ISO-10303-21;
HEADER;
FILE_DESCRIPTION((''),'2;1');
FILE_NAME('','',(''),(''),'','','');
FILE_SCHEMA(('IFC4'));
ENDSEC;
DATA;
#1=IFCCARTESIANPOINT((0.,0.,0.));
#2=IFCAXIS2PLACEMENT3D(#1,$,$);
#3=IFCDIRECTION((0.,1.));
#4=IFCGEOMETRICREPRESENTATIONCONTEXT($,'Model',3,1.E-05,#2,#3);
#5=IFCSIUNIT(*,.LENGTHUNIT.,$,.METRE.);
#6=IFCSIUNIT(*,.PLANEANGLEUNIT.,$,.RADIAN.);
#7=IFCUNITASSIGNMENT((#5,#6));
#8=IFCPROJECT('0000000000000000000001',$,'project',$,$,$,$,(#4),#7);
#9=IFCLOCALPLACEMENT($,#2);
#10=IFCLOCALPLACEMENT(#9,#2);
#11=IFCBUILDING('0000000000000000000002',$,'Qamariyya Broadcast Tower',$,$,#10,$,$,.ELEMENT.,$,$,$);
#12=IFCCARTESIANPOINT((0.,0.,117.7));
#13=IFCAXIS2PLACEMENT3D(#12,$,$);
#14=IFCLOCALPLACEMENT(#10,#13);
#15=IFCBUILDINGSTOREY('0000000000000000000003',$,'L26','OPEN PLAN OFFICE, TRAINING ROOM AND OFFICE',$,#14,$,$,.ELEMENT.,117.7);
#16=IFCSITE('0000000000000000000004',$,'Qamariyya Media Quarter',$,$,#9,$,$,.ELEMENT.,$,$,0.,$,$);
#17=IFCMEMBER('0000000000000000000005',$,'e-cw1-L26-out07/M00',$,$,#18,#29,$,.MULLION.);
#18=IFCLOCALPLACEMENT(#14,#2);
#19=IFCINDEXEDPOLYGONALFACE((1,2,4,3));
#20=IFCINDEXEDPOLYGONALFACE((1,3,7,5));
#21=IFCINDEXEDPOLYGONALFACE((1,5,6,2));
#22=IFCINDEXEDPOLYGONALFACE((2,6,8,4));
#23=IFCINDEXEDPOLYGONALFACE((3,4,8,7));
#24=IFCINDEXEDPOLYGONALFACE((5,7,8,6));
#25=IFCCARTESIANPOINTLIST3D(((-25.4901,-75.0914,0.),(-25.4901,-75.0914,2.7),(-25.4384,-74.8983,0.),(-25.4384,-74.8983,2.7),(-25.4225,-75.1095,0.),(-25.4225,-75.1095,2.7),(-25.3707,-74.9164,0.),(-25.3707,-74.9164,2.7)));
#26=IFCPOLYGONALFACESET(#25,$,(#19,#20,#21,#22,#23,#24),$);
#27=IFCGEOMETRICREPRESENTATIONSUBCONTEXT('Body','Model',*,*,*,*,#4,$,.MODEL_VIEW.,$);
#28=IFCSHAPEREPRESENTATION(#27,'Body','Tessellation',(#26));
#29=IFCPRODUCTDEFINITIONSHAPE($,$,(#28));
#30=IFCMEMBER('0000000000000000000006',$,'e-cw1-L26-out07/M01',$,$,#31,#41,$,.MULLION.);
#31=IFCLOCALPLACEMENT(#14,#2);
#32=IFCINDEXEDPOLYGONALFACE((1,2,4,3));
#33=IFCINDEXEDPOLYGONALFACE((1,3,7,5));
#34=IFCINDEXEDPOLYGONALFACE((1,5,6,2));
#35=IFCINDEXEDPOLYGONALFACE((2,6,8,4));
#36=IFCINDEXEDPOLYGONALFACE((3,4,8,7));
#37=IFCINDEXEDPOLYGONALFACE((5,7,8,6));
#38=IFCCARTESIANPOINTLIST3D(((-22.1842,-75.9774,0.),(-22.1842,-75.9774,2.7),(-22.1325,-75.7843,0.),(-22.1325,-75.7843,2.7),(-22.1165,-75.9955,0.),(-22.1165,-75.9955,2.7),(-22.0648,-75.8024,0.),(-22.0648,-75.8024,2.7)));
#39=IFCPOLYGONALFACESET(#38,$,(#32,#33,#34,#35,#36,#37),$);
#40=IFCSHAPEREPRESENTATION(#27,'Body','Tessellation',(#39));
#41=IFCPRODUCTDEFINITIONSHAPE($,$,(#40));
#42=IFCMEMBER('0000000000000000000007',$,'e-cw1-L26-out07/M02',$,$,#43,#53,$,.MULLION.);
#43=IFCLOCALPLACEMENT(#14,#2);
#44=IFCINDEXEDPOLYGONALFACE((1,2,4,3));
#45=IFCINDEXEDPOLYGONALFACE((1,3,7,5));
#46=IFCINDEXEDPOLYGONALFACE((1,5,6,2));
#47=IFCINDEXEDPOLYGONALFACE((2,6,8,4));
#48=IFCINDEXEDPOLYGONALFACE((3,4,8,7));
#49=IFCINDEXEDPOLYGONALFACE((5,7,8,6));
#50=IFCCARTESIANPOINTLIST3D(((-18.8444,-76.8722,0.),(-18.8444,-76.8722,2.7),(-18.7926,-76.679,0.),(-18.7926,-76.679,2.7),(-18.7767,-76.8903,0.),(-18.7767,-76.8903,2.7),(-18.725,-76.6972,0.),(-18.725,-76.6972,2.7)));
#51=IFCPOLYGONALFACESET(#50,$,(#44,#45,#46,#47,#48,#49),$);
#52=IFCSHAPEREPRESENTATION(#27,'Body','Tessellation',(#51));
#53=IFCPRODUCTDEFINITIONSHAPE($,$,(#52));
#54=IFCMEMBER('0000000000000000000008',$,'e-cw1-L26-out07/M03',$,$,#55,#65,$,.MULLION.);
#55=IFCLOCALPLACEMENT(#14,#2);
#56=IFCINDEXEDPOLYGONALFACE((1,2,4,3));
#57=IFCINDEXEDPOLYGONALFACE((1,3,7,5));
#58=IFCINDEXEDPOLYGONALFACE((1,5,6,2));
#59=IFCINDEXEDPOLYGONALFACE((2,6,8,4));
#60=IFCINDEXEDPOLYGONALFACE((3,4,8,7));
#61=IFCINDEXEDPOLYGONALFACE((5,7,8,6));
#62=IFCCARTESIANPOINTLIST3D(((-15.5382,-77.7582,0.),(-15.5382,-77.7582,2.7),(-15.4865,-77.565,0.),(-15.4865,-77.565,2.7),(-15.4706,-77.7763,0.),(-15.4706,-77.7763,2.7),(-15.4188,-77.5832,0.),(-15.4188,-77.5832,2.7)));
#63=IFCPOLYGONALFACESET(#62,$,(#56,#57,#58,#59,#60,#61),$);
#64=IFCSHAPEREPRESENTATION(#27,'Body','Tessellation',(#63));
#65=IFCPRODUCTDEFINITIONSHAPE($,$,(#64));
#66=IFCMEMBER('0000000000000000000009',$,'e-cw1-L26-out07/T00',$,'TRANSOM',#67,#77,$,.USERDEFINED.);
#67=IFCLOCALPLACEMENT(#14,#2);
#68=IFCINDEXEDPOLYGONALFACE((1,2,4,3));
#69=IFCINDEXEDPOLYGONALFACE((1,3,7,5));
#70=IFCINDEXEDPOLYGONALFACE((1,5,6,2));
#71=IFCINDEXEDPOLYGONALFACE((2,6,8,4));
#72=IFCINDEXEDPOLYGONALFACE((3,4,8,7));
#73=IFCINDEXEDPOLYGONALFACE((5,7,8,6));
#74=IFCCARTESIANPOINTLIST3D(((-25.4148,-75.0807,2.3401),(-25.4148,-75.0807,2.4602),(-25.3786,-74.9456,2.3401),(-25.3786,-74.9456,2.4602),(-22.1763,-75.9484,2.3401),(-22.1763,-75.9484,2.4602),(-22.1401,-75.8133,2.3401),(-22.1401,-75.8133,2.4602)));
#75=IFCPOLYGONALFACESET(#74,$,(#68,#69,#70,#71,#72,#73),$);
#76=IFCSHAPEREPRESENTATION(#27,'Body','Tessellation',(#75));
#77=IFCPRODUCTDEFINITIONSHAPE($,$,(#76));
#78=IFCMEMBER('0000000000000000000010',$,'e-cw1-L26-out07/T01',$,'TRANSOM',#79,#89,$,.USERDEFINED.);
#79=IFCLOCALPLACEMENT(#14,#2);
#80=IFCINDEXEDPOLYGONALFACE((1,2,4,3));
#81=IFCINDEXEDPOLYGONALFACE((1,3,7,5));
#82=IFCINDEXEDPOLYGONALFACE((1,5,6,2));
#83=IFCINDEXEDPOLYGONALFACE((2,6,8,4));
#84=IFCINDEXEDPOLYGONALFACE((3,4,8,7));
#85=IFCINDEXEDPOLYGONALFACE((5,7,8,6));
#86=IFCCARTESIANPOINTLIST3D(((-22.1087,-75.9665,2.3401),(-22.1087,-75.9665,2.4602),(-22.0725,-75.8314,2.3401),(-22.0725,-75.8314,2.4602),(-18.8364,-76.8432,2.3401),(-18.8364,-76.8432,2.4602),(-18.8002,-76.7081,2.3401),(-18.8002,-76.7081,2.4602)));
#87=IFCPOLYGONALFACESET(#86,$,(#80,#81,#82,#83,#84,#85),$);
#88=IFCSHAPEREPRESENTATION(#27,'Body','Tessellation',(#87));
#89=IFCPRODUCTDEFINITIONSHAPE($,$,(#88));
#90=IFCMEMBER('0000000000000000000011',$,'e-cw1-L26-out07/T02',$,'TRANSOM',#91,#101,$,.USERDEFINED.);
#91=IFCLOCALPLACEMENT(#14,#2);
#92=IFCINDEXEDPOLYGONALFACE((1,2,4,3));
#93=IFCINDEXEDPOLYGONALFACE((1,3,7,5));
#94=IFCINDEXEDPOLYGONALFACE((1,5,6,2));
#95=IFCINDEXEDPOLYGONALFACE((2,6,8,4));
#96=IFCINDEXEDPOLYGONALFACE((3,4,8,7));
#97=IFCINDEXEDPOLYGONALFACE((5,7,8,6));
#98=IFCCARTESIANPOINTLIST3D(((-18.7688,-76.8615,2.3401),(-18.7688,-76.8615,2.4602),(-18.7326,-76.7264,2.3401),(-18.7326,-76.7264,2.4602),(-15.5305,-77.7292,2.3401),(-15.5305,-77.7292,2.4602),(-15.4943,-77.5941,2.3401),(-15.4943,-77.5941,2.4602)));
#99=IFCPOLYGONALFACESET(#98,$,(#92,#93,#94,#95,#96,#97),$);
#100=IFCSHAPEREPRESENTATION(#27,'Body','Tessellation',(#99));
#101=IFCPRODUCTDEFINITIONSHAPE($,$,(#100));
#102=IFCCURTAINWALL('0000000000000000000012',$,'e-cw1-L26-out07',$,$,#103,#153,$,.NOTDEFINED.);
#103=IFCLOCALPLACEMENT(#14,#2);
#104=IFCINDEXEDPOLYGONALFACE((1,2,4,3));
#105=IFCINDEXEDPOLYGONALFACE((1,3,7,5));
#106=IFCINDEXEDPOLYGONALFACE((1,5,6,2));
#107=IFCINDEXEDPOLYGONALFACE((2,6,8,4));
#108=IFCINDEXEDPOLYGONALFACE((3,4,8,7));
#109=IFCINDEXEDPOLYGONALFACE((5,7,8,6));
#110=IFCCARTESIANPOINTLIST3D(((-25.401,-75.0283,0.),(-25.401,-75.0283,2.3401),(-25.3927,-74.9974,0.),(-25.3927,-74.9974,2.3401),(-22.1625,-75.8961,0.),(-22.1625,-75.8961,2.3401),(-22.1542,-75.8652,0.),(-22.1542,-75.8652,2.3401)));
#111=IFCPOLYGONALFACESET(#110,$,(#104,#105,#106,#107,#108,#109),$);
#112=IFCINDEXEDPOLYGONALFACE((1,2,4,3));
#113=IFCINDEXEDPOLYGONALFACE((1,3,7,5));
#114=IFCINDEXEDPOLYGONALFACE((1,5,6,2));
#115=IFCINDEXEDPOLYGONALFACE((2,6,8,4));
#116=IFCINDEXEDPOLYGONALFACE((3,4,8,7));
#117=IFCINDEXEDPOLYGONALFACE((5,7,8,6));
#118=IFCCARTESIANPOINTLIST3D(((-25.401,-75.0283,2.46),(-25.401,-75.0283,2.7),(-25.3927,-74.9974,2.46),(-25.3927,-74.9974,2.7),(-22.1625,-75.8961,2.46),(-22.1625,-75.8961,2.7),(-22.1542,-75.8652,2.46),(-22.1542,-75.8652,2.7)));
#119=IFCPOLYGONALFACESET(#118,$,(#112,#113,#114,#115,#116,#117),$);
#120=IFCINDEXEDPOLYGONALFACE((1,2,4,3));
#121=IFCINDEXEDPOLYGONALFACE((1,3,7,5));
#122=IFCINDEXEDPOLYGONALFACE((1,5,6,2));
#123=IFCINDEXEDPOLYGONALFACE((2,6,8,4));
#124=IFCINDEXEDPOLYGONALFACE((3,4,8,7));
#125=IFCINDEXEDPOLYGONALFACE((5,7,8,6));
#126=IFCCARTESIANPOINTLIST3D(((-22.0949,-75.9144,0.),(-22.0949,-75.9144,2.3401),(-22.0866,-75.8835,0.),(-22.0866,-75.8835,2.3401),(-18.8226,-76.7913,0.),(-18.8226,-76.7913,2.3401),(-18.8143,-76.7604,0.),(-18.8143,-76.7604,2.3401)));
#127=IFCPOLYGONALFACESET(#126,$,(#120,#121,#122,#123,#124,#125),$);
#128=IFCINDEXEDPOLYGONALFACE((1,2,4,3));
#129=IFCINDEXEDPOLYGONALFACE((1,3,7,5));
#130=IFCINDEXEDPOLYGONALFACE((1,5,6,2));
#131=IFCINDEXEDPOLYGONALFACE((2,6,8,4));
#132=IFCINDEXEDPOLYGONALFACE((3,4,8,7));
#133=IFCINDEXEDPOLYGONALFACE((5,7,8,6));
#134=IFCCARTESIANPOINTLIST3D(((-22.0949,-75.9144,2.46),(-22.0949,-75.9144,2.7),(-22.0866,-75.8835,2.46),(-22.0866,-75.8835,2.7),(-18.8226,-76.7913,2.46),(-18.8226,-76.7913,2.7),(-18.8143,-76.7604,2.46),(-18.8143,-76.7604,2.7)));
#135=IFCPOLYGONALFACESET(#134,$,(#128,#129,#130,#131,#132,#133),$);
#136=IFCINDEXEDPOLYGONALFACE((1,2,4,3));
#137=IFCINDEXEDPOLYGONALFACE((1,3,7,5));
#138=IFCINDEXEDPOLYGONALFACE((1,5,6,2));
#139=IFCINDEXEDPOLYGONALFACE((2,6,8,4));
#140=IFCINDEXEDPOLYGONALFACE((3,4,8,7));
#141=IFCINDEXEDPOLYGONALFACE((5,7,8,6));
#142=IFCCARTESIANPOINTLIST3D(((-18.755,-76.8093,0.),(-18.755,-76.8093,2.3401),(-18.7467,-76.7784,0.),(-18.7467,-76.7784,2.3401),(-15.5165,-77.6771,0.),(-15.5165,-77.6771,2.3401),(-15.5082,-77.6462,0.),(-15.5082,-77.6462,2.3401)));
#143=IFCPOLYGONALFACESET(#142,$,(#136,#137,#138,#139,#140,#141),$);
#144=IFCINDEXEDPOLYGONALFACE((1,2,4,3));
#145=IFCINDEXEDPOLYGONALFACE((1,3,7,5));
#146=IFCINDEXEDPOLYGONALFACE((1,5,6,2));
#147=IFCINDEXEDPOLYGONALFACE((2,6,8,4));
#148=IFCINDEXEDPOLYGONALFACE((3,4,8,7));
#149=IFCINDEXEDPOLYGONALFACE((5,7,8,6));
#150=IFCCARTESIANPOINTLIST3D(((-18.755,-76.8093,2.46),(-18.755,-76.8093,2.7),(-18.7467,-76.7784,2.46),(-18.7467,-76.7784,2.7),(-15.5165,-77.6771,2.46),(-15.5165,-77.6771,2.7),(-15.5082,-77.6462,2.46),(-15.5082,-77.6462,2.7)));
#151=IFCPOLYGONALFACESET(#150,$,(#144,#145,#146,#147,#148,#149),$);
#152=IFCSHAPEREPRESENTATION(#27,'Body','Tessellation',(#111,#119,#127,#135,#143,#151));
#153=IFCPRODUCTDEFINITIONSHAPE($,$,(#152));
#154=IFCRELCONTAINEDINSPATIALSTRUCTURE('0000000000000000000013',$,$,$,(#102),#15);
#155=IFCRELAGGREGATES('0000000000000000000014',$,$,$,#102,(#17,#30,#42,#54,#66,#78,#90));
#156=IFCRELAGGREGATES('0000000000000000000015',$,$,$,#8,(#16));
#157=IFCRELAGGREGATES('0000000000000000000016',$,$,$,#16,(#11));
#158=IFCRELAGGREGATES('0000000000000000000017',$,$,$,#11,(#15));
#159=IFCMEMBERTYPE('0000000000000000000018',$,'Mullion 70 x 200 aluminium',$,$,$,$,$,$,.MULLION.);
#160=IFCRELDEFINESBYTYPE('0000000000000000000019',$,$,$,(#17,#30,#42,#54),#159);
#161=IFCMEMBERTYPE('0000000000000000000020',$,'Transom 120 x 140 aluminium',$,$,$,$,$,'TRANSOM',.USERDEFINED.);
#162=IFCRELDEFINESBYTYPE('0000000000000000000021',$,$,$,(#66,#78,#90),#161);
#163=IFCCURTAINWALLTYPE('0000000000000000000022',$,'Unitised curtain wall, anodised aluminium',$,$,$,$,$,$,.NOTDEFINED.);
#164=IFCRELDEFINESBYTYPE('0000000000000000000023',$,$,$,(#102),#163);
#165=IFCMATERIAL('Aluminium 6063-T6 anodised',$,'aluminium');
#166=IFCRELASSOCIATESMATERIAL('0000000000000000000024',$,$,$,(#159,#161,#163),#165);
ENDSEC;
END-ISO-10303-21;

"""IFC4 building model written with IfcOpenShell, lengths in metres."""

from ifc_helpers import new_model, si_unit, direction, frame, origin, origin_2d, place, context, subcontext, project, spatial, rectangle, extrude, material, material_profile, profile_set, type_object, element, aggregate, save


model = new_model("IFC4")

# Units and contexts
model_context = context("Model", 3, precision=1e-05, world=origin(), true_north=direction((0.0, 1.0)))
body_context = subcontext(model_context, "Body", "Model", "MODEL_VIEW")
ifc_project = project(units=[si_unit("LENGTHUNIT", "METRE"), si_unit("PLANEANGLEUNIT", "RADIAN")], contexts=[model_context])

# Members
ifc_material = material(Name="Aluminium 6063-T6 anodised", Category="aluminium")
ifc_material_profile_1 = material_profile(ifc_material, rectangle(XDim=0.2, YDim=0.0701, at=origin_2d()))
ifc_profile_set_1 = profile_set([ifc_material_profile_1], Name="Aluminium 6063-T6 anodised")
member_type_1 = type_object("IfcMemberType", Name="Mullion 70 x 200 aluminium", PredefinedType="MULLION", material=ifc_profile_set_1)
site_placement = place(None, origin())
building_placement = place(site_placement, origin())
storey_placement = place(building_placement, frame((0.0, 0.0, 117.7)))
member_1_placement = place(storey_placement, frame((-25.4304, -75.0039, 0.0), z_axis=(0.0, 0.0, 1.0), x_axis=(0.258819, 0.965926, 0.0)))
member_1 = element("IfcMember", 1, at=member_1_placement, type_object=member_type_1, Name="e-cw1-L26-out07/M00", PredefinedType="MULLION", context=body_context, shape_type="SweptSolid", body=[
    extrude(rectangle(XDim=0.2, YDim=0.0701, at=origin_2d()), origin(), (0.0, 0.0, 1.0), 2.7),
])
member_2_placement = place(storey_placement, frame((-22.1245, -75.8899, 0.0), z_axis=(0.0, 0.0, 1.0), x_axis=(0.258819, 0.965926, 0.0)))
member_2 = element("IfcMember", 2, at=member_2_placement, type_object=member_type_1, Name="e-cw1-L26-out07/M01", PredefinedType="MULLION", context=body_context, shape_type="SweptSolid", body=[
    extrude(rectangle(XDim=0.2, YDim=0.0701, at=origin_2d()), origin(), (0.0, 0.0, 1.0), 2.7),
])
member_3_placement = place(storey_placement, frame((-18.7847, -76.7847, 0.0), z_axis=(0.0, 0.0, 1.0), x_axis=(0.258819, 0.965926, 0.0)))
member_3 = element("IfcMember", 3, at=member_3_placement, type_object=member_type_1, Name="e-cw1-L26-out07/M02", PredefinedType="MULLION", context=body_context, shape_type="SweptSolid", body=[
    extrude(rectangle(XDim=0.2, YDim=0.0701, at=origin_2d()), origin(), (0.0, 0.0, 1.0), 2.7),
])
member_4_placement = place(storey_placement, frame((-15.4785, -77.6707, 0.0), z_axis=(0.0, 0.0, 1.0), x_axis=(0.258819, 0.965926, 0.0)))
member_4 = element("IfcMember", 4, at=member_4_placement, type_object=member_type_1, Name="e-cw1-L26-out07/M03", PredefinedType="MULLION", context=body_context, shape_type="SweptSolid", body=[
    extrude(rectangle(XDim=0.2, YDim=0.0701, at=origin_2d()), origin(), (0.0, 0.0, 1.0), 2.7),
])
ifc_material_profile_2 = material_profile(ifc_material, rectangle(XDim=0.1399, YDim=0.1201, at=origin_2d()))
ifc_profile_set_2 = profile_set([ifc_material_profile_2], Name="Aluminium 6063-T6 anodised")
member_type_2 = type_object("IfcMemberType", Name="Transom 120 x 140 aluminium", ElementType="TRANSOM", PredefinedType="USERDEFINED", material=ifc_profile_set_2)
member_5_placement = place(storey_placement, frame((-25.3967, -75.0132, 2.4001), z_axis=(0.965932, -0.258796, 0.0), x_axis=(0.258796, 0.965932, 0.0)))
member_5 = element("IfcMember", 5, at=member_5_placement, type_object=member_type_2, Name="e-cw1-L26-out07/T00", ObjectType="TRANSOM", PredefinedType="USERDEFINED", context=body_context, shape_type="SweptSolid", body=[
    extrude(rectangle(XDim=0.1399, YDim=0.1201, at=origin_2d()), origin(), (0.0, 0.0, 1.0), 3.3528),
])
member_6_placement = place(storey_placement, frame((-22.0906, -75.8989, 2.4001), z_axis=(0.965932, -0.258797, 0.0), x_axis=(0.258797, 0.965932, 0.0)))
member_6 = element("IfcMember", 6, at=member_6_placement, type_object=member_type_2, Name="e-cw1-L26-out07/T01", ObjectType="TRANSOM", PredefinedType="USERDEFINED", context=body_context, shape_type="SweptSolid", body=[
    extrude(rectangle(XDim=0.1399, YDim=0.1201, at=origin_2d()), origin(), (0.0, 0.0, 1.0), 3.3877),
])
member_7_placement = place(storey_placement, frame((-18.7507, -76.7939, 2.4001), z_axis=(0.965927, -0.258814, 0.0), x_axis=(0.258814, 0.965927, 0.0)))
member_7 = element("IfcMember", 7, at=member_7_placement, type_object=member_type_2, Name="e-cw1-L26-out07/T02", ObjectType="TRANSOM", PredefinedType="USERDEFINED", context=body_context, shape_type="SweptSolid", body=[
    extrude(rectangle(XDim=0.1399, YDim=0.1201, at=origin_2d()), origin(), (0.0, 0.0, 1.0), 3.3525),
])

# Site, building, storey
site = spatial("IfcSite", under=ifc_project, at=site_placement, Name="Qamariyya Media Quarter", CompositionType="ELEMENT", RefElevation=0.0)
building = spatial("IfcBuilding", under=site, at=building_placement, Name="Qamariyya Broadcast Tower", CompositionType="ELEMENT")
storey = spatial("IfcBuildingStorey", under=building, at=storey_placement, Name="L26", Description="OPEN PLAN OFFICE, TRAINING ROOM AND OFFICE", CompositionType="ELEMENT", Elevation=117.7)

# Curtain wall
curtain_wall_type = type_object("IfcCurtainWallType", Name="Unitised curtain wall, anodised aluminium", PredefinedType="NOTDEFINED", material=ifc_material)
curtain_wall_1_placement = place(storey_placement, origin())
curtain_wall_1 = element("IfcCurtainWall", 8, at=curtain_wall_1_placement, inside=storey, type_object=curtain_wall_type, Name="e-cw1-L26-out07", PredefinedType="NOTDEFINED", context=body_context, shape_type="SweptSolid", body=[
    extrude(rectangle(XDim=3.3528, YDim=0.032, at=origin_2d()), frame((-23.7776, -75.4468, 0.0), x_axis=(0.965924, -0.258827, 0.0)), (0.0, 0.0, 1.0), 2.3401),
    extrude(rectangle(XDim=3.3528, YDim=0.032, at=origin_2d()), frame((-23.7776, -75.4468, 2.46), x_axis=(0.965924, -0.258827, 0.0)), (0.0, 0.0, 1.0), 0.24),
    extrude(rectangle(XDim=3.3877, YDim=0.032, at=origin_2d()), frame((-20.4546, -76.3374, 0.0), x_axis=(0.965924, -0.258827, 0.0)), (0.0, 0.0, 1.0), 2.3401),
    extrude(rectangle(XDim=3.3877, YDim=0.032, at=origin_2d()), frame((-20.4546, -76.3374, 2.46), x_axis=(0.965924, -0.258827, 0.0)), (0.0, 0.0, 1.0), 0.24),
    extrude(rectangle(XDim=3.3528, YDim=0.032, at=origin_2d()), frame((-17.1316, -77.2278, 0.0), x_axis=(0.965924, -0.258827, 0.0)), (0.0, 0.0, 1.0), 2.3401),
    extrude(rectangle(XDim=3.3528, YDim=0.032, at=origin_2d()), frame((-17.1316, -77.2278, 2.46), x_axis=(0.965924, -0.258827, 0.0)), (0.0, 0.0, 1.0), 0.24),
])
aggregate(curtain_wall_1, [member_1, member_2, member_3, member_4, member_5, member_6, member_7])

save(model, "model.ifc")
